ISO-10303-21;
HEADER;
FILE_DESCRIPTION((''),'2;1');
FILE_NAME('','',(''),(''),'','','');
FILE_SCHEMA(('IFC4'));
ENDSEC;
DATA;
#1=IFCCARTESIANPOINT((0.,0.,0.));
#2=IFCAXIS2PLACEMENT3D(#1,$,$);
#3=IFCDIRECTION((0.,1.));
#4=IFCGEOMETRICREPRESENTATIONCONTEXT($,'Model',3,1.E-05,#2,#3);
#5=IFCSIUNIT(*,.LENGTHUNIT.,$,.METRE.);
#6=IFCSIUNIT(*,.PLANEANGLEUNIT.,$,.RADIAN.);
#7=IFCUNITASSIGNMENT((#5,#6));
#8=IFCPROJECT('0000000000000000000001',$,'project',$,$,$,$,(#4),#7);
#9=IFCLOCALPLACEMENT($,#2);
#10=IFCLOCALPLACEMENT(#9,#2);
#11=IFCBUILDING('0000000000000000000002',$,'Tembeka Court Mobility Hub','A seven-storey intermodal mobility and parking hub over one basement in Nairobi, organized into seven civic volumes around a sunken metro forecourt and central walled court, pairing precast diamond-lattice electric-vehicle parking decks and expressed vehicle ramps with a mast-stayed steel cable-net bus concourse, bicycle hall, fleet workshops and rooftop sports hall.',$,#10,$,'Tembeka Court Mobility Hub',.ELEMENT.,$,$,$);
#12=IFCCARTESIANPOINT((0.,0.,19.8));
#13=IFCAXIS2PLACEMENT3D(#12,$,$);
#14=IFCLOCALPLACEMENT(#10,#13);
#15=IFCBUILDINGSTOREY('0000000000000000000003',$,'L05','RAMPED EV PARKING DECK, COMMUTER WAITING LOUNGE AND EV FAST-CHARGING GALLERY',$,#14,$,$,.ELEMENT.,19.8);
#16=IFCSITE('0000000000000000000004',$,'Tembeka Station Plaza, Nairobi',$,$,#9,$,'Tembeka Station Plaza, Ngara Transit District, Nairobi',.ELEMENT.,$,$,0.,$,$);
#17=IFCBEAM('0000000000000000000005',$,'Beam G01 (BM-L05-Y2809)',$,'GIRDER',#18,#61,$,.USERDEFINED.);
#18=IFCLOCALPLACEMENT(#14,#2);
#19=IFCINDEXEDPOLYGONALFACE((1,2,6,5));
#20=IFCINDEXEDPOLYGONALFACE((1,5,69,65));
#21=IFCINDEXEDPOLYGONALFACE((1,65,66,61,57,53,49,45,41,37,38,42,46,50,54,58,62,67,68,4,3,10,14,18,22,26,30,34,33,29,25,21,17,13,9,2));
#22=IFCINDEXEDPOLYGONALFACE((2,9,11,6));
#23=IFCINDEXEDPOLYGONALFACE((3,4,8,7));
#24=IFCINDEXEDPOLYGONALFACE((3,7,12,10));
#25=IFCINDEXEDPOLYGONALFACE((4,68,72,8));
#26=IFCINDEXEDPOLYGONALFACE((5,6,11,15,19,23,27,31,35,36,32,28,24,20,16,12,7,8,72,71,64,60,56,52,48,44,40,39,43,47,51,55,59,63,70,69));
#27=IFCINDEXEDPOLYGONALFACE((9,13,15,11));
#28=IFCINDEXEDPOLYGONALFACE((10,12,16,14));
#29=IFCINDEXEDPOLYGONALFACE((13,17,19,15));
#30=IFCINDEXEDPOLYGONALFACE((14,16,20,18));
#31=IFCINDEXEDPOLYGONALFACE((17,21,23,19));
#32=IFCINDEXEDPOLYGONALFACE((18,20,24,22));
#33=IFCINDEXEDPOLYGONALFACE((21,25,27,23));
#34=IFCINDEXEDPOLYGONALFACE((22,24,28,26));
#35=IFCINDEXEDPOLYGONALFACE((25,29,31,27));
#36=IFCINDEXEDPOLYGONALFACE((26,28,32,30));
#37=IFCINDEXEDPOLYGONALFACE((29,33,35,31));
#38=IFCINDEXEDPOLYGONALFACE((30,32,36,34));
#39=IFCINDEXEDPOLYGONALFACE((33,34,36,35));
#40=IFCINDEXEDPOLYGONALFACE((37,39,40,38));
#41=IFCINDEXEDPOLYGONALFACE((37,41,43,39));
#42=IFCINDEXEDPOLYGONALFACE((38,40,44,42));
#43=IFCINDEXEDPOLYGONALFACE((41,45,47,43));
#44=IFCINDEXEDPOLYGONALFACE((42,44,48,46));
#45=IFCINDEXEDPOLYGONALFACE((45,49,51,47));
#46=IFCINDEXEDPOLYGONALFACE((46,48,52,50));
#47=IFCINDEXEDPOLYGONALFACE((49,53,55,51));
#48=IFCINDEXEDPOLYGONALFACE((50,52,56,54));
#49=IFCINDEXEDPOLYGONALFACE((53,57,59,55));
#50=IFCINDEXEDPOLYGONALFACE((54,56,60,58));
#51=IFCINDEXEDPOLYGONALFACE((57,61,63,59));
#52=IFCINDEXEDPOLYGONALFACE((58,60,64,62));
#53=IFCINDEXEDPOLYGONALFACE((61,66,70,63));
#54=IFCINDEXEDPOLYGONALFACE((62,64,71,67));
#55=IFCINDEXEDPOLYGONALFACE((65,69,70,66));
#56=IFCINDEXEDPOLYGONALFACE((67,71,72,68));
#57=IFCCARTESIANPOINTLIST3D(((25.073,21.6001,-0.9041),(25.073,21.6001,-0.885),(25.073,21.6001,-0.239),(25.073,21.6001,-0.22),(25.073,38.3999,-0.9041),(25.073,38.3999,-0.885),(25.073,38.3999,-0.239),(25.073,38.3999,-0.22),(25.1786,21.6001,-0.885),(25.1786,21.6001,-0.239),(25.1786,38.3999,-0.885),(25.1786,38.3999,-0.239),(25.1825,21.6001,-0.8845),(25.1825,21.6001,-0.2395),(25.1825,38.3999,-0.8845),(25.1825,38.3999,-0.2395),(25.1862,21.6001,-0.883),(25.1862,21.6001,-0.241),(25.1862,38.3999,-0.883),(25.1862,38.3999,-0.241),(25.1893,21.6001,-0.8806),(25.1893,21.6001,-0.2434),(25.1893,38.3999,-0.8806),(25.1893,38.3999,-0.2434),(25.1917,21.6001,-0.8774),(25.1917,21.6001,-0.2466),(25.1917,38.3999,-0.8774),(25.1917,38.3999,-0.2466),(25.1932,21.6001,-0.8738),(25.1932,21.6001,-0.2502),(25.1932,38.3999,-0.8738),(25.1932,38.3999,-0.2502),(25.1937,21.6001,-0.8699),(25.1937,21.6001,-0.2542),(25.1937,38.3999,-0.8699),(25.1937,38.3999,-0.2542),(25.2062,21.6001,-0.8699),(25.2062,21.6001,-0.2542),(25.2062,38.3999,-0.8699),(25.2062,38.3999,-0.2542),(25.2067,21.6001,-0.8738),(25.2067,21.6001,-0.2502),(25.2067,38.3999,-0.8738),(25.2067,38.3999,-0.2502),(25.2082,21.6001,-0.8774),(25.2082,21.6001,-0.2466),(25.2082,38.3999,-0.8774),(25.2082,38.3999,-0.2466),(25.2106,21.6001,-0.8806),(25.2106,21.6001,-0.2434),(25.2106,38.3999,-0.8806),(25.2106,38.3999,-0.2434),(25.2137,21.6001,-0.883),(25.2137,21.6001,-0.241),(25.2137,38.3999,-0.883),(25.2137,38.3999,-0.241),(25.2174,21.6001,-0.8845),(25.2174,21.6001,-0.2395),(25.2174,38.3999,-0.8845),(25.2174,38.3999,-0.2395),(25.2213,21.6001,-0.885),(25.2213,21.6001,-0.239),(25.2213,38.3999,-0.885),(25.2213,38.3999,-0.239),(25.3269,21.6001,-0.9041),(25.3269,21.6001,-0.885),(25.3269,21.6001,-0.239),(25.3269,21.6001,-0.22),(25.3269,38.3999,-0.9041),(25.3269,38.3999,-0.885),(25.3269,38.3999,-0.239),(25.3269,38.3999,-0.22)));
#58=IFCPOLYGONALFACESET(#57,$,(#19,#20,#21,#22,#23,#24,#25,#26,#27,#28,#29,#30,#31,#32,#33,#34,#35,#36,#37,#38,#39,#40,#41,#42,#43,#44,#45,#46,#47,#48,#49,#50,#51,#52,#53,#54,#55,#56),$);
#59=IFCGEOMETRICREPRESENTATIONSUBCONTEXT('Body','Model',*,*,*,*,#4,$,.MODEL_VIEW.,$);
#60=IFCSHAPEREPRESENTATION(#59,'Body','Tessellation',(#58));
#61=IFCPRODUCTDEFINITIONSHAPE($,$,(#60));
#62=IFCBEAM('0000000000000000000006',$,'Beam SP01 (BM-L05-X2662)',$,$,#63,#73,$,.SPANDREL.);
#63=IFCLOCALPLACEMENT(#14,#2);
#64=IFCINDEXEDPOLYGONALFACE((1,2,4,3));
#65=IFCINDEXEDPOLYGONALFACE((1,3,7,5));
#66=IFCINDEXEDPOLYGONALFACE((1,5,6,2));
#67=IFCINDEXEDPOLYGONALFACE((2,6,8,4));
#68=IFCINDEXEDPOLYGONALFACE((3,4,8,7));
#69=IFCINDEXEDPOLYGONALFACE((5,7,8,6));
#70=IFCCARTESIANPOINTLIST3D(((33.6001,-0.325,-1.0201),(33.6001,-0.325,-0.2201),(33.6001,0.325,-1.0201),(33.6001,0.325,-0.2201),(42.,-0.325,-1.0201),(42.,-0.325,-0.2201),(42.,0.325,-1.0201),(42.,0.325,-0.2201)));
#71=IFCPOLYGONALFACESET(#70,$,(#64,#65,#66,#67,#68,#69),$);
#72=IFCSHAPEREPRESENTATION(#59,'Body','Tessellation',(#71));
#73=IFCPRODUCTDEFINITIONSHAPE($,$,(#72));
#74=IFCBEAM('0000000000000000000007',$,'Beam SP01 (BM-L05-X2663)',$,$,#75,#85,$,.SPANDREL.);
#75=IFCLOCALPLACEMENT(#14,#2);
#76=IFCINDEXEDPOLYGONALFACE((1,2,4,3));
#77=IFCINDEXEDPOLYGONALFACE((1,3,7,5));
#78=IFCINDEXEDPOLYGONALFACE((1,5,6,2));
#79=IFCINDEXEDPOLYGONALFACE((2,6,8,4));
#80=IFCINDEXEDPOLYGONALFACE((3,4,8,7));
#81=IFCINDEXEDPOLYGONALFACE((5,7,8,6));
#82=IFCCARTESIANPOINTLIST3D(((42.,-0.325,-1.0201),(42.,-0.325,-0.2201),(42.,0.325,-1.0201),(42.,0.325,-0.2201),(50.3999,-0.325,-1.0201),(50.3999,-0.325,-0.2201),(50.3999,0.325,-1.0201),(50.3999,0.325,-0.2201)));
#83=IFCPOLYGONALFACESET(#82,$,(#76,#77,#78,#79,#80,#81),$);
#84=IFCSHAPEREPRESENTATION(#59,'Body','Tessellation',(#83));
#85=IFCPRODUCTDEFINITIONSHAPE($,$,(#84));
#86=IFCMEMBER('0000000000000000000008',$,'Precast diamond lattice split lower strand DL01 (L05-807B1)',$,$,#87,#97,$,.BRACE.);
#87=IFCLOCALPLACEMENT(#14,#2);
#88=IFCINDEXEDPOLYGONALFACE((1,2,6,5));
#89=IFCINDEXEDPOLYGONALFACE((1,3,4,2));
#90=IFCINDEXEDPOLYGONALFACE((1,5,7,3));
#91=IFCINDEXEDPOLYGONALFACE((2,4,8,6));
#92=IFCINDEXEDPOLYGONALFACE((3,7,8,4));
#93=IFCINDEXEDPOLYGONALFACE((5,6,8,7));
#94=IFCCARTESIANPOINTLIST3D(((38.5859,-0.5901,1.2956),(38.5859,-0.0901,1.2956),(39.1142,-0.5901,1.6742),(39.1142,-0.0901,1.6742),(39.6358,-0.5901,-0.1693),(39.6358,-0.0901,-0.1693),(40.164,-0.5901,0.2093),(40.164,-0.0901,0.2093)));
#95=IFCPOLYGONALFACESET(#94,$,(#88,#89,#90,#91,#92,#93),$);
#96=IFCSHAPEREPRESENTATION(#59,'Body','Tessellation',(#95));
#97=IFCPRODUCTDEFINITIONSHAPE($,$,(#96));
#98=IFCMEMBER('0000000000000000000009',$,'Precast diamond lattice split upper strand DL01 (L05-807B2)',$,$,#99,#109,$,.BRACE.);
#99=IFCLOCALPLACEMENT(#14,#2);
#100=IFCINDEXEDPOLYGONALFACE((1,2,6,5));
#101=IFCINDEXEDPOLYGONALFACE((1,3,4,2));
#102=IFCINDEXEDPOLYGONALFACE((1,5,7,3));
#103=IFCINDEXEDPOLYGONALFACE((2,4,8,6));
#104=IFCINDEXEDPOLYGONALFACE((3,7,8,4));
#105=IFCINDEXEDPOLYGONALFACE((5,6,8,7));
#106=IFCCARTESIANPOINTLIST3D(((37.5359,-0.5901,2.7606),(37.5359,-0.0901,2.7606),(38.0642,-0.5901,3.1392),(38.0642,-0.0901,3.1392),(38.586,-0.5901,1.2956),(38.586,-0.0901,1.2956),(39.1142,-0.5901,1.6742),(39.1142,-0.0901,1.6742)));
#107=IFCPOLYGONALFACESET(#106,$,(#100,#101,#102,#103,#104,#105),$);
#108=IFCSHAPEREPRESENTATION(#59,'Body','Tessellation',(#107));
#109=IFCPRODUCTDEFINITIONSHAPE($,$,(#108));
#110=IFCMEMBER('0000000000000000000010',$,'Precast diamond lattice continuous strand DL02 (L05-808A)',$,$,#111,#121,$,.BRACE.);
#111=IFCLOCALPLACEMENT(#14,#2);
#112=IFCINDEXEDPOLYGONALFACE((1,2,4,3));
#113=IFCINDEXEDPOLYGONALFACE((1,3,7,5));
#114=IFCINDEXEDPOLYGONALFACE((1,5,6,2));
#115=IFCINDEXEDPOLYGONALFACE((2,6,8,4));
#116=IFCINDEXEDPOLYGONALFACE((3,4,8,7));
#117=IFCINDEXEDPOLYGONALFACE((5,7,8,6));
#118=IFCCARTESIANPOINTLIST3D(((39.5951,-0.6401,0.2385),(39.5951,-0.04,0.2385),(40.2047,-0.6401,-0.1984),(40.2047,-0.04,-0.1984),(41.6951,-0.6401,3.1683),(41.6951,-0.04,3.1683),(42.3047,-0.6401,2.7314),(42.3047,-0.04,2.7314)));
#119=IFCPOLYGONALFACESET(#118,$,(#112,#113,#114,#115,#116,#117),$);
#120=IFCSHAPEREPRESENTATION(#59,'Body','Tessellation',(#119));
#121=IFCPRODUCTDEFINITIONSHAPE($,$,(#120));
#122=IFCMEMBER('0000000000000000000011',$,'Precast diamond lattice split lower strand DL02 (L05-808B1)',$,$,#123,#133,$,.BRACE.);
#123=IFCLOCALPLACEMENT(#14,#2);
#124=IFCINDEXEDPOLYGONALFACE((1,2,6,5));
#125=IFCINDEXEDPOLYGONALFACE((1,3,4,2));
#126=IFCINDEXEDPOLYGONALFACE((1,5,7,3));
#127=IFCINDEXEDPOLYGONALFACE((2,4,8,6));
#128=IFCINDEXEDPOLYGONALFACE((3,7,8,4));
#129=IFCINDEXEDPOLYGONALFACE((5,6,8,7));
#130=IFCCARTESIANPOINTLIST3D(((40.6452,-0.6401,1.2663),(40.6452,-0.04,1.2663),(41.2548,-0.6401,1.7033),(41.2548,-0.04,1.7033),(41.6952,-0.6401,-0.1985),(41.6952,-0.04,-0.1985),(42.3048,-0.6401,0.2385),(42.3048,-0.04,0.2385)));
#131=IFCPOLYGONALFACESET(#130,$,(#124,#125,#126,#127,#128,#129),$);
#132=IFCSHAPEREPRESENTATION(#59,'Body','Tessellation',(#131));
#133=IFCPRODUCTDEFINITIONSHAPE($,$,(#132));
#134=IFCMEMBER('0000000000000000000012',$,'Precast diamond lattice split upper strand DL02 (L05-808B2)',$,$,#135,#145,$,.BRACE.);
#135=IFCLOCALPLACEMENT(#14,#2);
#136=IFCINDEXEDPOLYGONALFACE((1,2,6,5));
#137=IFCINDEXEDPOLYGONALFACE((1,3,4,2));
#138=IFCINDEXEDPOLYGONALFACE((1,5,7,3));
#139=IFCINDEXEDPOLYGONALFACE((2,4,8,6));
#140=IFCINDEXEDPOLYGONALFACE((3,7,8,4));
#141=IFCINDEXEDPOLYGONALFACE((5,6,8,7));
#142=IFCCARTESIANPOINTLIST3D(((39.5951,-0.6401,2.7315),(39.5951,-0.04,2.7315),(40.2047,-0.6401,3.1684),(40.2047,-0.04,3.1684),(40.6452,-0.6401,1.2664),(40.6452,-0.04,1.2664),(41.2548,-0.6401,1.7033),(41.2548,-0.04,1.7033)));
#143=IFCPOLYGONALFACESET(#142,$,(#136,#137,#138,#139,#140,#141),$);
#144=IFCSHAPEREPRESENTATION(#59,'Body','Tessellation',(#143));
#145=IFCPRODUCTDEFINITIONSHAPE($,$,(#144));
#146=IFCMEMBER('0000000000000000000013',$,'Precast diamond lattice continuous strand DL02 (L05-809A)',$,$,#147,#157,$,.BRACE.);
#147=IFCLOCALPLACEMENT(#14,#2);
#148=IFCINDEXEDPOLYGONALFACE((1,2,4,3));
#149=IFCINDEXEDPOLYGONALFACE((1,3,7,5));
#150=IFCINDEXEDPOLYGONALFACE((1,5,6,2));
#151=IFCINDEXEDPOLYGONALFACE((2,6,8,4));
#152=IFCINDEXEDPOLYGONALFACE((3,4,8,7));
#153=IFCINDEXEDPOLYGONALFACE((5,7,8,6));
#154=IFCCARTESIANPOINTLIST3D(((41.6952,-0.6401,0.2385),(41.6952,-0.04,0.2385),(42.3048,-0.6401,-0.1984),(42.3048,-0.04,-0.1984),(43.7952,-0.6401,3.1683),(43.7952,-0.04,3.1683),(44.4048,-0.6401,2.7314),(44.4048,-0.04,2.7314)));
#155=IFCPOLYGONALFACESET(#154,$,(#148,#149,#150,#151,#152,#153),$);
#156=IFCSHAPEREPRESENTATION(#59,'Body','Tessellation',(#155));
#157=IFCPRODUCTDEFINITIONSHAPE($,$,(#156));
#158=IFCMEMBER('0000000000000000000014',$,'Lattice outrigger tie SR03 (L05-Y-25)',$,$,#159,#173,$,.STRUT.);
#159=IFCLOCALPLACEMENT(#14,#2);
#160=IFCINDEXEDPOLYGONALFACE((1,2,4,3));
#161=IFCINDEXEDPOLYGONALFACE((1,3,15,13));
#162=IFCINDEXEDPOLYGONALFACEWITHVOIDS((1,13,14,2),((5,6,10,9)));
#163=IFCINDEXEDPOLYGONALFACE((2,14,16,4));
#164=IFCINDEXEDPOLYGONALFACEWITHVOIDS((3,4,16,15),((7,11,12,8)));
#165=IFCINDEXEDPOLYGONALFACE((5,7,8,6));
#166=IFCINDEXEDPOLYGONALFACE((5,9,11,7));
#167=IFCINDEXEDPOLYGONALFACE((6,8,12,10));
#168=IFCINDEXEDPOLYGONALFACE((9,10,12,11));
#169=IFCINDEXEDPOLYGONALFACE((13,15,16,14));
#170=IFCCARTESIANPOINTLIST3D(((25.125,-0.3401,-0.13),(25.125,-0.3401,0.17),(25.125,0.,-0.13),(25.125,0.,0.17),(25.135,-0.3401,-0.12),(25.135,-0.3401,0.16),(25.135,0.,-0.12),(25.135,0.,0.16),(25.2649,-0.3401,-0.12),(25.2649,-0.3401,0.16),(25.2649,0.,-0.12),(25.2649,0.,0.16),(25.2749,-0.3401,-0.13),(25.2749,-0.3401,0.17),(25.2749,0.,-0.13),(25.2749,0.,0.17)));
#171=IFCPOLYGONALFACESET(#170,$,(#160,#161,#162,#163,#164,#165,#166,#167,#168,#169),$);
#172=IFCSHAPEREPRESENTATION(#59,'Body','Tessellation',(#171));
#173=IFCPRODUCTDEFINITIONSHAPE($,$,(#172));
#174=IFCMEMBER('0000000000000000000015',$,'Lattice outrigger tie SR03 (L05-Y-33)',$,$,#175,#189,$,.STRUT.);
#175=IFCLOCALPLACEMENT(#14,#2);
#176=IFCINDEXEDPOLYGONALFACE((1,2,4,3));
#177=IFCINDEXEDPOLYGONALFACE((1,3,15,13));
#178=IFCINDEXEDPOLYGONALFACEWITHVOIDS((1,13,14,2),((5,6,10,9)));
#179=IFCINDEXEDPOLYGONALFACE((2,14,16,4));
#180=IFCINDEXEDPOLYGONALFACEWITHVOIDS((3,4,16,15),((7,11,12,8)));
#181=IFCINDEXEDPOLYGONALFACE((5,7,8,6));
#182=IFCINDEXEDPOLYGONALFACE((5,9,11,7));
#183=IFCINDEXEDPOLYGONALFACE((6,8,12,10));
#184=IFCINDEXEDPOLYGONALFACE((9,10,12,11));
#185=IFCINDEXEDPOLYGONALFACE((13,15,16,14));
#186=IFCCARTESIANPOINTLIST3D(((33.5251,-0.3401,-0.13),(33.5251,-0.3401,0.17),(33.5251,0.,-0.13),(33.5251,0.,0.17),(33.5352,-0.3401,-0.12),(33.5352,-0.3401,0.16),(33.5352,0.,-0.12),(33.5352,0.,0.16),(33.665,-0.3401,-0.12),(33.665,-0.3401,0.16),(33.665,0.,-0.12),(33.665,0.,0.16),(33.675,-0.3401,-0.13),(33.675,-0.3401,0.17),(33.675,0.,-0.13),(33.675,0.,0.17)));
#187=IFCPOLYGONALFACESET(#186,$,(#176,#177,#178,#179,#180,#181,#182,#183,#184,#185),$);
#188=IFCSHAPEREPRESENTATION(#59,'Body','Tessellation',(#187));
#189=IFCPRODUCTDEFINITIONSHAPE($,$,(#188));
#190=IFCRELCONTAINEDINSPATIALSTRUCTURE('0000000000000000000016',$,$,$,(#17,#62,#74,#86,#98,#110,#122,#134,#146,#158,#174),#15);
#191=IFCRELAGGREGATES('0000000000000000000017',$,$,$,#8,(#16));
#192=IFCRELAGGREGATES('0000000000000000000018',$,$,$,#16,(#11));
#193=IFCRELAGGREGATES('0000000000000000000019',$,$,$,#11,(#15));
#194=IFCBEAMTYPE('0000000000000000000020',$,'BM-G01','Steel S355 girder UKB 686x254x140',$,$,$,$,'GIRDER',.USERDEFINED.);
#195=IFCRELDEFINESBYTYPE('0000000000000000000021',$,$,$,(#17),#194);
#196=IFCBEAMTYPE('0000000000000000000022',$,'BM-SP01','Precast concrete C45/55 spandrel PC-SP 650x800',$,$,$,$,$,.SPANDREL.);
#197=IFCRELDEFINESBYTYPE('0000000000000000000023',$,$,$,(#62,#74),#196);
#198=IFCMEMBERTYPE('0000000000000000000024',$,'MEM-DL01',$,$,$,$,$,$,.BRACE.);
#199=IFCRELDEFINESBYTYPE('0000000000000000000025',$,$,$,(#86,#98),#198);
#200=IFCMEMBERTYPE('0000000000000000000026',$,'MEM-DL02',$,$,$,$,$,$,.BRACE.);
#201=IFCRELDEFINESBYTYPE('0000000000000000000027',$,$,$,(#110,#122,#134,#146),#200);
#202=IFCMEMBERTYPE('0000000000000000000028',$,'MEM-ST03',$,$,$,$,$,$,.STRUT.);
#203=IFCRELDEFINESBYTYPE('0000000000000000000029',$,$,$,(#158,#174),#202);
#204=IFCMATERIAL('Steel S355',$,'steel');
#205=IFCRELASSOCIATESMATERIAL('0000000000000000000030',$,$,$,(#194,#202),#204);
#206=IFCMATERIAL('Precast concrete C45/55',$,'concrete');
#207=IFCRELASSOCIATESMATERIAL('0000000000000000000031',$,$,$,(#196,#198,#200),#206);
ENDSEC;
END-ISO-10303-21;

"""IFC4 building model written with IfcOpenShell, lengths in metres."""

from ifc_helpers import new_model, si_unit, direction, frame, origin, origin_2d, place, context, subcontext, project, spatial, rectangle, hollow_rectangle, i_section, extrude, material, material_profile, profile_set, type_object, element, save


model = new_model("IFC4")

# Units and contexts
model_context = context("Model", 3, precision=1e-05, world=origin(), true_north=direction((0.0, 1.0)))
body_context = subcontext(model_context, "Body", "Model", "MODEL_VIEW")
ifc_project = project(units=[si_unit("LENGTHUNIT", "METRE"), si_unit("PLANEANGLEUNIT", "RADIAN")], contexts=[model_context])

# Site, building, storey
site_placement = place(None, origin())
site = spatial("IfcSite", under=ifc_project, at=site_placement, Name="Tembeka Station Plaza, Nairobi", LongName="Tembeka Station Plaza, Ngara Transit District, Nairobi", CompositionType="ELEMENT", RefElevation=0.0)
building_placement = place(site_placement, origin())
building = spatial("IfcBuilding", under=site, at=building_placement, Name="Tembeka Court Mobility Hub", Description="A seven-storey intermodal mobility and parking hub over one basement in Nairobi, organized into seven civic volumes around a sunken metro forecourt and central walled court, pairing precast diamond-lattice electric-vehicle parking decks and expressed vehicle ramps with a mast-stayed steel cable-net bus concourse, bicycle hall, fleet workshops and rooftop sports hall.", LongName="Tembeka Court Mobility Hub", CompositionType="ELEMENT")
storey_placement = place(building_placement, frame((0.0, 0.0, 19.8)))
storey = spatial("IfcBuildingStorey", under=building, at=storey_placement, Name="L05", Description="RAMPED EV PARKING DECK, COMMUTER WAITING LOUNGE AND EV FAST-CHARGING GALLERY", CompositionType="ELEMENT", Elevation=19.8)

# Shared definitions
ifc_material_1 = material(Name="Steel S355", Category="steel")

# Beams
ifc_material_profile_1 = material_profile(ifc_material_1, i_section(OverallWidth=0.2539, OverallDepth=0.6841, WebThickness=0.0125, FlangeThickness=0.019, FilletRadius=0.0151, at=origin_2d()), Name="UKB 686x254x140")
ifc_profile_set_1 = profile_set([ifc_material_profile_1], Name="Steel S355")
beam_type_1 = type_object("IfcBeamType", Name="BM-G01", Description="Steel S355 girder UKB 686x254x140", ElementType="GIRDER", PredefinedType="USERDEFINED", material=ifc_profile_set_1)
beam_1_placement = place(storey_placement, frame((25.2, 21.6001, -0.562), z_axis=(0.0, 1.0, 0.0), x_axis=(-1.0, 0.0, 0.0)))
element("IfcBeam", 1, at=beam_1_placement, inside=storey, type_object=beam_type_1, Name="Beam G01 (BM-L05-Y2809)", ObjectType="GIRDER", PredefinedType="USERDEFINED", context=body_context, shape_type="SweptSolid", body=[
    extrude(i_section(OverallWidth=0.2539, OverallDepth=0.6841, WebThickness=0.0125, FlangeThickness=0.019, FilletRadius=0.0151, at=origin_2d()), origin(), (0.0, 0.0, 1.0), 16.7998),
])
ifc_material_2 = material(Name="Precast concrete C45/55", Category="concrete")
ifc_material_profile_2 = material_profile(ifc_material_2, rectangle(XDim=0.6499, YDim=0.8, at=origin_2d()), Name="PC-SP 650x800")
ifc_profile_set_2 = profile_set([ifc_material_profile_2], Name="Precast concrete C45/55")
beam_type_2 = type_object("IfcBeamType", Name="BM-SP01", Description="Precast concrete C45/55 spandrel PC-SP 650x800", PredefinedType="SPANDREL", material=ifc_profile_set_2)
for number, where, z_axis, x_axis, name in (
    (2, (33.6001, 0.0, -0.6201), (1.0, 0.0, 0.0), (0.0, 1.0, 0.0), "Beam SP01 (BM-L05-X2662)"),
    (3, (42.0, 0.0, -0.6201), (1.0, 0.0, 0.0), (0.0, 1.0, 0.0), "Beam SP01 (BM-L05-X2663)"),
):
    element("IfcBeam", number, at=place(storey_placement, frame(where, z_axis=z_axis, x_axis=x_axis)), inside=storey, type_object=beam_type_2, Name=name, PredefinedType="SPANDREL", context=body_context, shape_type="SweptSolid", body=[
        extrude(rectangle(XDim=0.6499, YDim=0.8, at=origin_2d()), origin(), (0.0, 0.0, 1.0), 8.3999),
    ])

# Members
ifc_material_profile_3 = material_profile(ifc_material_2, rectangle(XDim=0.5, YDim=0.6499, at=origin_2d()), Name="PC-DIAG 500x650")
ifc_profile_set_3 = profile_set([ifc_material_profile_3], Name="Precast concrete C45/55")
member_type_1 = type_object("IfcMemberType", Name="MEM-DL01", PredefinedType="BRACE", material=ifc_profile_set_3)
member_1_placement = place(storey_placement, frame((39.8999, -0.3401, 0.02), z_axis=(-0.582519, 0.0, 0.812817), x_axis=(0.0, -1.0, 0.0)))
element("IfcMember", 4, at=member_1_placement, inside=storey, type_object=member_type_1, Name="Precast diamond lattice split lower strand DL01 (L05-807B1)", PredefinedType="BRACE", context=body_context, shape_type="SweptSolid", body=[
    extrude(rectangle(XDim=0.5, YDim=0.6499, at=origin_2d()), origin(), (0.0, 0.0, 1.0), 1.8022),
])
member_2_placement = place(storey_placement, frame((38.8501, -0.3401, 1.4849), z_axis=(-0.582544, 0.0, 0.812799), x_axis=(0.0, -1.0, 0.0)))
element("IfcMember", 5, at=member_2_placement, inside=storey, type_object=member_type_1, Name="Precast diamond lattice split upper strand DL01 (L05-807B2)", PredefinedType="BRACE", context=body_context, shape_type="SweptSolid", body=[
    extrude(rectangle(XDim=0.5, YDim=0.6499, at=origin_2d()), origin(), (0.0, 0.0, 1.0), 1.8025),
])
ifc_material_profile_4 = material_profile(ifc_material_2, rectangle(XDim=0.6001, YDim=0.75, at=origin_2d()), Name="PC-DIAG 600x750")
ifc_profile_set_4 = profile_set([ifc_material_profile_4], Name="Precast concrete C45/55")
member_type_2 = type_object("IfcMemberType", Name="MEM-DL02", PredefinedType="BRACE", material=ifc_profile_set_4)
member_3_placement = place(storey_placement, frame((39.8999, -0.3401, 0.02), z_axis=(0.582576, 0.0, 0.812776), x_axis=(0.0, 1.0, 0.0)))
element("IfcMember", 6, at=member_3_placement, inside=storey, type_object=member_type_2, Name="Precast diamond lattice continuous strand DL02 (L05-808A)", PredefinedType="BRACE", context=body_context, shape_type="SweptSolid", body=[
    extrude(rectangle(XDim=0.6001, YDim=0.75, at=origin_2d()), origin(), (0.0, 0.0, 1.0), 3.6047),
])
member_4_placement = place(storey_placement, frame((42.0, -0.3401, 0.02), z_axis=(-0.582608, 0.0, 0.812753), x_axis=(0.0, -1.0, 0.0)))
element("IfcMember", 7, at=member_4_placement, inside=storey, type_object=member_type_2, Name="Precast diamond lattice split lower strand DL02 (L05-808B1)", PredefinedType="BRACE", context=body_context, shape_type="SweptSolid", body=[
    extrude(rectangle(XDim=0.6001, YDim=0.75, at=origin_2d()), origin(), (0.0, 0.0, 1.0), 1.8022),
])
member_5_placement = place(storey_placement, frame((40.95, -0.3401, 1.4849), z_axis=(-0.582544, 0.0, 0.812799), x_axis=(0.0, -1.0, 0.0)))
element("IfcMember", 8, at=member_5_placement, inside=storey, type_object=member_type_2, Name="Precast diamond lattice split upper strand DL02 (L05-808B2)", PredefinedType="BRACE", context=body_context, shape_type="SweptSolid", body=[
    extrude(rectangle(XDim=0.6001, YDim=0.75, at=origin_2d()), origin(), (0.0, 0.0, 1.0), 1.8025),
])
member_6_placement = place(storey_placement, frame((42.0, -0.3401, 0.02), z_axis=(0.582576, 0.0, 0.812776), x_axis=(0.0, 1.0, 0.0)))
element("IfcMember", 9, at=member_6_placement, inside=storey, type_object=member_type_2, Name="Precast diamond lattice continuous strand DL02 (L05-809A)", PredefinedType="BRACE", context=body_context, shape_type="SweptSolid", body=[
    extrude(rectangle(XDim=0.6001, YDim=0.75, at=origin_2d()), origin(), (0.0, 0.0, 1.0), 3.6047),
])
ifc_material_profile_5 = material_profile(ifc_material_1, hollow_rectangle(XDim=0.1499, YDim=0.3, WallThickness=0.01, at=origin_2d()), Name="RHS 300x150x10")
ifc_profile_set_5 = profile_set([ifc_material_profile_5], Name="Steel S355")
member_type_3 = type_object("IfcMemberType", Name="MEM-ST03", PredefinedType="STRUT", material=ifc_profile_set_5)
for number, where, z_axis, x_axis, name in (
    (10, (25.2, 0.0, 0.02), (0.0, -1.0, 0.0), (1.0, 0.0, 0.0), "Lattice outrigger tie SR03 (L05-Y-25)"),
    (11, (33.6001, 0.0, 0.02), (0.0, -1.0, 0.0), (1.0, 0.0, 0.0), "Lattice outrigger tie SR03 (L05-Y-33)"),
):
    element("IfcMember", number, at=place(storey_placement, frame(where, z_axis=z_axis, x_axis=x_axis)), inside=storey, type_object=member_type_3, Name=name, PredefinedType="STRUT", context=body_context, shape_type="SweptSolid", body=[
        extrude(hollow_rectangle(XDim=0.1499, YDim=0.3, WallThickness=0.01, at=origin_2d()), origin(), (0.0, 0.0, 1.0), 0.3401),
    ])

save(model, "model.ifc")
